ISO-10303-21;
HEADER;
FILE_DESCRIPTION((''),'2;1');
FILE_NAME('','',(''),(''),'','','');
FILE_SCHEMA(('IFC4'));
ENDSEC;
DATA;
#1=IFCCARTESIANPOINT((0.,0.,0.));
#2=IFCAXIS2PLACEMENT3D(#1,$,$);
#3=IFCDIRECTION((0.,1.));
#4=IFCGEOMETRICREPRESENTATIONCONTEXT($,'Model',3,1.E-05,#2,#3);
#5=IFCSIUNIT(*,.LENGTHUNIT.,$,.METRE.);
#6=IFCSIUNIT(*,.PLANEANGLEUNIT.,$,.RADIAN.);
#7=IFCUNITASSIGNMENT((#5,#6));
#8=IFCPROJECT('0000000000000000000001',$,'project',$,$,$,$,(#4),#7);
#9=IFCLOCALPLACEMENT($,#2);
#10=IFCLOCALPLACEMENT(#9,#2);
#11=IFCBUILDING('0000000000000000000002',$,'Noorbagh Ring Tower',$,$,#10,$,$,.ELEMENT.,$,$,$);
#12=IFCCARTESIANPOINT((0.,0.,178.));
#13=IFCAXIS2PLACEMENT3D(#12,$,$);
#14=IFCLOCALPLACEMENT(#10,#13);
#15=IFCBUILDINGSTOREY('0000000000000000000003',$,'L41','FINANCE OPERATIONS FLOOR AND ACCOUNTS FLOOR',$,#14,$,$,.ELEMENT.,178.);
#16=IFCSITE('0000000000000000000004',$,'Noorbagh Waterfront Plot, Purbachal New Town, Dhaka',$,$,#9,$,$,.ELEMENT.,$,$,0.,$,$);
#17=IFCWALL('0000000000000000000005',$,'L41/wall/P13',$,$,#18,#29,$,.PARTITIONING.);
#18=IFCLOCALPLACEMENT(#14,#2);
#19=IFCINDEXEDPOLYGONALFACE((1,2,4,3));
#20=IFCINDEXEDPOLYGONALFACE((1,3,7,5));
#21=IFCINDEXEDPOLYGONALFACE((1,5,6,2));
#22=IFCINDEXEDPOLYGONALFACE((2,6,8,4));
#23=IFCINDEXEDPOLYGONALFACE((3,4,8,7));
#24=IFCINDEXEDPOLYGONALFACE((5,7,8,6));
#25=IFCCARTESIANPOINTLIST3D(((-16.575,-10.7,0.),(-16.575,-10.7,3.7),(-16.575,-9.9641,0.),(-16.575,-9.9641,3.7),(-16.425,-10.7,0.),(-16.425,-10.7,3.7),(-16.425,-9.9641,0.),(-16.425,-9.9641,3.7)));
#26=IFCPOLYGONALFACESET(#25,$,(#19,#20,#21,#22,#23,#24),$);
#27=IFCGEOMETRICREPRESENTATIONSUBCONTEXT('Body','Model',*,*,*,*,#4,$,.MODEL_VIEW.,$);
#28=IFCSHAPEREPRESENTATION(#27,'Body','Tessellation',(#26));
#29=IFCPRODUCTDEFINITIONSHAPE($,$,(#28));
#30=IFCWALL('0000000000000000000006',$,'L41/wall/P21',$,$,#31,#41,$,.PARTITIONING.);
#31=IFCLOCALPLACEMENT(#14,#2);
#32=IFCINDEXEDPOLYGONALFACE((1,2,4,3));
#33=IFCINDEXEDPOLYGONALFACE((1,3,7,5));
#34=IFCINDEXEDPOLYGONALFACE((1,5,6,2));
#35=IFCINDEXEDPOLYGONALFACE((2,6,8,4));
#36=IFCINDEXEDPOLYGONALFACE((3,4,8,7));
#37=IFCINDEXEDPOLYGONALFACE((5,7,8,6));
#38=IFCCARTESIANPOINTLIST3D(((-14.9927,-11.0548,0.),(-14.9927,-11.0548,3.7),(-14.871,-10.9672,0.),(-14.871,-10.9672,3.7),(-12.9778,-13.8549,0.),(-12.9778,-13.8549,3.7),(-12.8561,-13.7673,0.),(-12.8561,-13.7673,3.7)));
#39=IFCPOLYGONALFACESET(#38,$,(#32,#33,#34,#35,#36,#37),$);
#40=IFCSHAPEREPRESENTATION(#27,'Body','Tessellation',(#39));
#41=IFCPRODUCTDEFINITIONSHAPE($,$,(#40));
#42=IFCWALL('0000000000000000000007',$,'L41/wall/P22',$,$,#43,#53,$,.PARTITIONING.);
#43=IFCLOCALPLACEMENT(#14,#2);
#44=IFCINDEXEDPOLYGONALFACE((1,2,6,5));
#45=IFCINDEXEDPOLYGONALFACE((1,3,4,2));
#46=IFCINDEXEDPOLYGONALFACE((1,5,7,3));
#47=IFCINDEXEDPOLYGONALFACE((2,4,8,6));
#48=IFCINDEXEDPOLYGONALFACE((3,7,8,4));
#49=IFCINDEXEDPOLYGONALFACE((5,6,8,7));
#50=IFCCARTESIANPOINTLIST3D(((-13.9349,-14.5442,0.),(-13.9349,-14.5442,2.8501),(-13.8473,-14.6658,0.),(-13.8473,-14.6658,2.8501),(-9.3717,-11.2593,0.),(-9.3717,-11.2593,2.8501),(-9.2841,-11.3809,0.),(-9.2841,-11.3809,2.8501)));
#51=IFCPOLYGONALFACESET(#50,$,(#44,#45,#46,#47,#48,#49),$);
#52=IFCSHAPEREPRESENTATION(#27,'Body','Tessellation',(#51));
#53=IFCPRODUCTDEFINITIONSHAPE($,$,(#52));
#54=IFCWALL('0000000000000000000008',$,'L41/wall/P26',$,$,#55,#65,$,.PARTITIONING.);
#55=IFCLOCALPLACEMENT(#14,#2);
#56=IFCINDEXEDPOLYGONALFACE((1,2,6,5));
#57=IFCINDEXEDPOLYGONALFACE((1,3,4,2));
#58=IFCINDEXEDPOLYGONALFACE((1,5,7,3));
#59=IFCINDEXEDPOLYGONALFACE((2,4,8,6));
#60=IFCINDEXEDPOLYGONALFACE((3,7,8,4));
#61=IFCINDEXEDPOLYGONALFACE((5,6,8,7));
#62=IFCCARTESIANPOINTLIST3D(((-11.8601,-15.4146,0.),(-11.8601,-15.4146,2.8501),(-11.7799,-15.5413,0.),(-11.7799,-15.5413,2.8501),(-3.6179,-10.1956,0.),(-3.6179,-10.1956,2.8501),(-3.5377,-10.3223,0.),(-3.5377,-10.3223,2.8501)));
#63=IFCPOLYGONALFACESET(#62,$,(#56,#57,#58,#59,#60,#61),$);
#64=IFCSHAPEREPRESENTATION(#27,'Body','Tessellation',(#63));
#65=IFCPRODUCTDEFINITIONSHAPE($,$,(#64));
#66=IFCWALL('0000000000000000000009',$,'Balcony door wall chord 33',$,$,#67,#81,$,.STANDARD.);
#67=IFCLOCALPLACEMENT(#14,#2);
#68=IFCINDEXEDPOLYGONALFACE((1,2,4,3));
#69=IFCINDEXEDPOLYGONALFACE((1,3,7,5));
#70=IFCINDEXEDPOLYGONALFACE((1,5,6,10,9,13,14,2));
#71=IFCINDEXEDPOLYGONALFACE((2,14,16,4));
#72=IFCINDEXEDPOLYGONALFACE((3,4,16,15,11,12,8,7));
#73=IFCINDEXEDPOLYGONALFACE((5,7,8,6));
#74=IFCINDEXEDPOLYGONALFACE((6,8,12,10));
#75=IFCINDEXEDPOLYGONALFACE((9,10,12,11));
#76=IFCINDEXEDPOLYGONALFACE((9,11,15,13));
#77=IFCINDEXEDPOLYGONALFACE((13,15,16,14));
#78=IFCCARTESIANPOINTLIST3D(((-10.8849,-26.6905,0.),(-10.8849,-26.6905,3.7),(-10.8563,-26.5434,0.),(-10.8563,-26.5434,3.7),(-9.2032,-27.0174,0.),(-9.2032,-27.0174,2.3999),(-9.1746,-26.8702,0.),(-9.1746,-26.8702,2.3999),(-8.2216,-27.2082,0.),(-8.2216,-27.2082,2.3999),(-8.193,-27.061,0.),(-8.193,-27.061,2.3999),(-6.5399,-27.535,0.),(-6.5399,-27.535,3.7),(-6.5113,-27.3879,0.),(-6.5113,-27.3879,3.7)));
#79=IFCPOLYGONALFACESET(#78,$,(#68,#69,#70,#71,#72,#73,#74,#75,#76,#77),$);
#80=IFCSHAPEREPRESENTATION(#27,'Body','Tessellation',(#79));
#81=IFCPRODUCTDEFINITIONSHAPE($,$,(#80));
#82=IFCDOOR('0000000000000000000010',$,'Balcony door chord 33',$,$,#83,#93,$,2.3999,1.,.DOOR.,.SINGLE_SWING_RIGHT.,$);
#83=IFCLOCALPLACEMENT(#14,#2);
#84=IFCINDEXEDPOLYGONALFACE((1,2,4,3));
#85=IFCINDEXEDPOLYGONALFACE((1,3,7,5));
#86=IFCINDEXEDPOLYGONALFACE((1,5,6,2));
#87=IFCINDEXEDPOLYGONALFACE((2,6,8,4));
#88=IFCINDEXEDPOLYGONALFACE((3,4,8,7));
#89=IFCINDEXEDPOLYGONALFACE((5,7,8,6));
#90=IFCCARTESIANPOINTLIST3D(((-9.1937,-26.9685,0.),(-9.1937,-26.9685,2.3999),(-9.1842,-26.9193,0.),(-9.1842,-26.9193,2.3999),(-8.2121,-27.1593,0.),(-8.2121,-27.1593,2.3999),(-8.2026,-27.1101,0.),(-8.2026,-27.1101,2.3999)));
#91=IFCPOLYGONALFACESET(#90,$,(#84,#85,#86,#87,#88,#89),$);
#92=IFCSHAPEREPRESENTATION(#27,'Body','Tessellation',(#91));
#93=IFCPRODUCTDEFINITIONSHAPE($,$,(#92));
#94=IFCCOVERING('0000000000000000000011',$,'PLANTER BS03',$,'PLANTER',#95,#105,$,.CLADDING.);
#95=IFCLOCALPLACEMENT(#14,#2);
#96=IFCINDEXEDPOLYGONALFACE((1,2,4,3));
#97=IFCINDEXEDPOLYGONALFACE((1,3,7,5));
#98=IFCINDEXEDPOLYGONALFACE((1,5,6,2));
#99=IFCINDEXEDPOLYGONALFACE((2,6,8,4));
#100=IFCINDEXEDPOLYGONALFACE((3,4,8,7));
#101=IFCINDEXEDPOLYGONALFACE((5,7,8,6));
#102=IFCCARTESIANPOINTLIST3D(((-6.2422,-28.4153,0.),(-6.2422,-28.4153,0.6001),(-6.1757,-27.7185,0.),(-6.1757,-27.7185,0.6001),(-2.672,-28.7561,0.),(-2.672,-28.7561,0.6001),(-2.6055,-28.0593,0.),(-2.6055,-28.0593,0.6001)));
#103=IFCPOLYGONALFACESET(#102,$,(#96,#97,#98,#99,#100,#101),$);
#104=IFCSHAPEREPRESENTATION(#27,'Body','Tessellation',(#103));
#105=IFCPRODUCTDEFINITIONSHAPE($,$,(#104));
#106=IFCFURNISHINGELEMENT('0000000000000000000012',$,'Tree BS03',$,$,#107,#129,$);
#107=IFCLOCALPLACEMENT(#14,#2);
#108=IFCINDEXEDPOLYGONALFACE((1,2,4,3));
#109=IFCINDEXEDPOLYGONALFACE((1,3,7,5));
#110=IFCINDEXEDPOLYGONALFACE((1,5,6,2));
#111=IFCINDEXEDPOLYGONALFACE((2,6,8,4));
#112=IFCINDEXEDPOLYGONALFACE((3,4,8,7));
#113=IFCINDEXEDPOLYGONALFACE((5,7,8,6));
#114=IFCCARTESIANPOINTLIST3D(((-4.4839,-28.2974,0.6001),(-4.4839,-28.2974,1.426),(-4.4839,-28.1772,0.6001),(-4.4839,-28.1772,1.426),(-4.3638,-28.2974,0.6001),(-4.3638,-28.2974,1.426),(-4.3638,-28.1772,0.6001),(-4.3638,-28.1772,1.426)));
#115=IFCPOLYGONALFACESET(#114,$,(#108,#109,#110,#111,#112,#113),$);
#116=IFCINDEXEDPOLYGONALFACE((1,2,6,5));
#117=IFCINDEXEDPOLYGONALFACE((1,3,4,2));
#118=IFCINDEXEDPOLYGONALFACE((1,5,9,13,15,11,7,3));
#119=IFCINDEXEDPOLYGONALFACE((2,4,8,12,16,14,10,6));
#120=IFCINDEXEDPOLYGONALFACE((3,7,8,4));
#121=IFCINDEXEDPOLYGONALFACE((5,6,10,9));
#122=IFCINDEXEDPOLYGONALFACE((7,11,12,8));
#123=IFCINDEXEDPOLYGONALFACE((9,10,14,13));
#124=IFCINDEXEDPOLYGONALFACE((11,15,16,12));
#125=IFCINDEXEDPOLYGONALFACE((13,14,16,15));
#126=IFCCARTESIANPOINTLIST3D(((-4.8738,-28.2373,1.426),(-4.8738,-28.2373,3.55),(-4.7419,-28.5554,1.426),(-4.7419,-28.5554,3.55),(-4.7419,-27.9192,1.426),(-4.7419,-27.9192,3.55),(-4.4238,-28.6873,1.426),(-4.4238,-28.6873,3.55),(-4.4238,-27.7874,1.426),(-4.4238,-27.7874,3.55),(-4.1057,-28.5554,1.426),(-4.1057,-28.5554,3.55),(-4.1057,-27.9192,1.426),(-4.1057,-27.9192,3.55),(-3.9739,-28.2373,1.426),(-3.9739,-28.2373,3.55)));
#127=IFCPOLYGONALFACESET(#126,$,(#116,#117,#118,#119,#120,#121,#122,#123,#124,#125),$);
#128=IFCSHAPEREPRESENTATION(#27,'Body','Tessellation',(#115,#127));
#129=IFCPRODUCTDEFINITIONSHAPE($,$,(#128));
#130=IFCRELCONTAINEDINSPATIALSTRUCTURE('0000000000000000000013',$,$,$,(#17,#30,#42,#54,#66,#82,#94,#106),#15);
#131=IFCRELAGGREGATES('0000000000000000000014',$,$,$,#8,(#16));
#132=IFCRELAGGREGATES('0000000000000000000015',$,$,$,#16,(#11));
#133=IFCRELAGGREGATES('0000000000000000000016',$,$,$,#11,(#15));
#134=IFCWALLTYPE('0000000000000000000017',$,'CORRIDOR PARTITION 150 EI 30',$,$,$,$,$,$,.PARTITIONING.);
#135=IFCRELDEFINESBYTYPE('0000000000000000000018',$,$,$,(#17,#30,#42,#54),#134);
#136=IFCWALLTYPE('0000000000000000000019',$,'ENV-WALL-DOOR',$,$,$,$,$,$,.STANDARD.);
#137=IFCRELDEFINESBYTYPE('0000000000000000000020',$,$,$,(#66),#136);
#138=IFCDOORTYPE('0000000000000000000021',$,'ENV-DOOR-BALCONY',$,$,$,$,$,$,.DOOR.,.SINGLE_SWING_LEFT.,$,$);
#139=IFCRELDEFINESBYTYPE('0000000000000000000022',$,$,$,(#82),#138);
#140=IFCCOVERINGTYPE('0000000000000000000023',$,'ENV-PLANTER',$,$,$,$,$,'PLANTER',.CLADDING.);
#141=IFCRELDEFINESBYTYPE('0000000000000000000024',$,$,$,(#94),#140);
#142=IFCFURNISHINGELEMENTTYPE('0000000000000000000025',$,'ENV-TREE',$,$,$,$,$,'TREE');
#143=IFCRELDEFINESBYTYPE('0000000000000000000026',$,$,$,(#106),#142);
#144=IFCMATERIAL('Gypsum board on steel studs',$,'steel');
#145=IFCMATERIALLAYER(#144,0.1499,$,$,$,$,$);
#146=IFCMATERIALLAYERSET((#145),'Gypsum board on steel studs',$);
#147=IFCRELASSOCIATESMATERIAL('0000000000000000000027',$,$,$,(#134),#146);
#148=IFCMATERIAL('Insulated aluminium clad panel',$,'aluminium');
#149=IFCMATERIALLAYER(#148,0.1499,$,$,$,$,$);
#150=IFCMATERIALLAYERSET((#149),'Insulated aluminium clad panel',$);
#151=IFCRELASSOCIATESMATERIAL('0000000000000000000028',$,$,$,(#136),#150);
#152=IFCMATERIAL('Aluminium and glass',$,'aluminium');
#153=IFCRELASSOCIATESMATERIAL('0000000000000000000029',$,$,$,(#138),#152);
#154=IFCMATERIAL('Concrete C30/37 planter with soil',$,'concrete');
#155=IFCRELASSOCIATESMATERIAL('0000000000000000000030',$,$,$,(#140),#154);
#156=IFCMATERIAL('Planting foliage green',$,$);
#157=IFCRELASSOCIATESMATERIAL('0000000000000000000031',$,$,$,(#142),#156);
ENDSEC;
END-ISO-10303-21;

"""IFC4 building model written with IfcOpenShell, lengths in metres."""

from ifc_helpers import new_model, si_unit, direction, frame, frame_2d, origin, origin_2d, place, context, subcontext, project, spatial, polyline, rectangle, outline, extrude, material, layer, layer_set, type_object, element, fill, save


model = new_model("IFC4")

# Units and contexts
model_context = context("Model", 3, precision=1e-05, world=origin(), true_north=direction((0.0, 1.0)))
body_context = subcontext(model_context, "Body", "Model", "MODEL_VIEW")
ifc_project = project(units=[si_unit("LENGTHUNIT", "METRE"), si_unit("PLANEANGLEUNIT", "RADIAN")], contexts=[model_context])

# Site, building, storey
site_placement = place(None, origin())
site = spatial("IfcSite", under=ifc_project, at=site_placement, Name="Noorbagh Waterfront Plot, Purbachal New Town, Dhaka", CompositionType="ELEMENT", RefElevation=0.0)
building_placement = place(site_placement, origin())
building = spatial("IfcBuilding", under=site, at=building_placement, Name="Noorbagh Ring Tower", CompositionType="ELEMENT")
storey_placement = place(building_placement, frame((0.0, 0.0, 178.0)))
storey = spatial("IfcBuildingStorey", under=building, at=storey_placement, Name="L41", Description="FINANCE OPERATIONS FLOOR AND ACCOUNTS FLOOR", CompositionType="ELEMENT", Elevation=178.0)

# Walls
ifc_material_1 = material(Name="Gypsum board on steel studs", Category="steel")
ifc_layer_1 = layer(ifc_material_1, 0.1499)
ifc_layer_set_1 = layer_set([ifc_layer_1], Name="Gypsum board on steel studs")
wall_type_1 = type_object("IfcWallType", Name="CORRIDOR PARTITION 150 EI 30", PredefinedType="PARTITIONING", material=ifc_layer_set_1)
wall_1_placement = place(storey_placement, frame((-16.5, -10.7, 0.0), z_axis=(0.0, 0.0, 1.0), x_axis=(0.0, 1.0, 0.0)))
element("IfcWall", 1, at=wall_1_placement, inside=storey, type_object=wall_type_1, Name="L41/wall/P13", PredefinedType="PARTITIONING", context=body_context, shape_type="SweptSolid", body=[
    extrude(rectangle(XDim=0.7358, YDim=0.1499, at=frame_2d((0.3679, 0.0))), origin(), (0.0, 0.0, 1.0), 3.7),
])
wall_2_placement = place(storey_placement, frame((-14.9319, -11.011, 0.0), z_axis=(0.0, 0.0, 1.0), x_axis=(0.584087, -0.811691, 0.0)))
element("IfcWall", 2, at=wall_2_placement, inside=storey, type_object=wall_type_1, Name="L41/wall/P21", PredefinedType="PARTITIONING", context=body_context, shape_type="SweptSolid", body=[
    extrude(rectangle(XDim=3.4497, YDim=0.1499, at=frame_2d((1.7249, 0.0))), origin(), (0.0, 0.0, 1.0), 3.7),
])
wall_3_placement = place(storey_placement, frame((-13.8911, -14.605, 0.0), z_axis=(0.0, 0.0, 1.0), x_axis=(0.811586, 0.584233, 0.0)))
element("IfcWall", 3, at=wall_3_placement, inside=storey, type_object=wall_type_1, Name="L41/wall/P22", PredefinedType="PARTITIONING", context=body_context, shape_type="SweptSolid", body=[
    extrude(rectangle(XDim=5.6226, YDim=0.1499, at=frame_2d((2.8113, 0.0))), origin(), (0.0, 0.0, 1.0), 2.8501),
])
wall_4_placement = place(storey_placement, frame((-11.8201, -15.478, 0.0), z_axis=(0.0, 0.0, 1.0), x_axis=(0.844868, 0.534975, 0.0)))
element("IfcWall", 4, at=wall_4_placement, inside=storey, type_object=wall_type_1, Name="L41/wall/P26", PredefinedType="PARTITIONING", context=body_context, shape_type="SweptSolid", body=[
    extrude(rectangle(XDim=9.7556, YDim=0.1499, at=frame_2d((4.8779, 0.0))), origin(), (0.0, 0.0, 1.0), 2.8501),
])

# Wall, opening, door
ifc_material_2 = material(Name="Insulated aluminium clad panel", Category="aluminium")
ifc_layer_2 = layer(ifc_material_2, 0.1499)
ifc_layer_set_2 = layer_set([ifc_layer_2], Name="Insulated aluminium clad panel")
wall_type_2 = type_object("IfcWallType", Name="ENV-WALL-DOOR", PredefinedType="STANDARD", material=ifc_layer_set_2)
wall_5_placement = place(storey_placement, frame((-10.8706, -26.6169, 0.0), z_axis=(0.0, 0.0, 1.0), x_axis=(0.981631, -0.190788, 0.0)))
wall_5 = element("IfcWall", 5, at=wall_5_placement, inside=storey, type_object=wall_type_2, Name="Balcony door wall chord 33", PredefinedType="STANDARD", context=body_context, shape_type="SweptSolid", body=[
    extrude(rectangle(XDim=4.4263, YDim=0.1499, at=frame_2d((2.2131, 0.0))), origin(), (0.0, 0.0, 1.0), 3.7),
])
opening_placement = place(wall_5_placement, frame((1.7131, 0.0, 0.0)))
opening = element("IfcOpeningElement", 6, at=opening_placement, cuts=wall_5, PredefinedType="OPENING", context=body_context, shape_type="SweptSolid", body=[
    extrude(rectangle(XDim=1.0, YDim=2.3999, at=frame_2d((0.5, 1.2))), frame((0.0, 0.085, 0.0), z_axis=(0.0, -1.0, 0.0), x_axis=(1.0, 0.0, 0.0)), (0.0, 0.0, 1.0), 0.1699),
])
ifc_material_3 = material(Name="Aluminium and glass", Category="aluminium")
door_type = type_object("IfcDoorType", Name="ENV-DOOR-BALCONY", OperationType="SINGLE_SWING_LEFT", PredefinedType="DOOR", material=ifc_material_3)
door_placement = place(opening_placement, origin())
door = element("IfcDoor", 7, at=door_placement, inside=storey, type_object=door_type, Name="Balcony door chord 33", OperationType="SINGLE_SWING_RIGHT", OverallHeight=2.3999, OverallWidth=1.0, PredefinedType="DOOR", context=body_context, shape_type="SweptSolid", body=[
    extrude(rectangle(XDim=1.0, YDim=2.3999, at=frame_2d((0.5, 1.2))), frame((0.0, 0.0249, 0.0), z_axis=(0.0, -1.0, 0.0), x_axis=(1.0, 0.0, 0.0)), (0.0, 0.0, 1.0), 0.05),
])
fill(opening, door)

# Covering
ifc_material_4 = material(Name="Concrete C30/37 planter with soil", Category="concrete")
covering_type = type_object("IfcCoveringType", Name="ENV-PLANTER", ElementType="PLANTER", PredefinedType="CLADDING", material=ifc_material_4)
covering_placement = place(storey_placement, frame((-4.4238, -28.2373, 0.0), z_axis=(0.0, 0.0, 1.0), x_axis=(0.995476, -0.095008, 0.0)))
element("IfcCovering", 8, at=covering_placement, inside=storey, type_object=covering_type, Name="PLANTER BS03", ObjectType="PLANTER", PredefinedType="CLADDING", context=body_context, shape_type="SweptSolid", body=[
    extrude(rectangle(XDim=3.5864, YDim=0.7, at=origin_2d()), origin(), (0.0, 0.0, 1.0), 0.6001),
])

# Furnishing element
ifc_material_5 = material(Name="Planting foliage green")
furnishing_element_type = type_object("IfcFurnishingElementType", Name="ENV-TREE", ElementType="TREE", material=ifc_material_5)
furnishing_placement = place(storey_placement, frame((-4.4238, -28.2373, 0.6001), z_axis=(0.0, 0.0, 1.0), x_axis=(1.0, 0.0, 0.0)))
element("IfcFurnishingElement", 9, at=furnishing_placement, inside=storey, type_object=furnishing_element_type, Name="Tree BS03", context=body_context, shape_type="SweptSolid", body=[
    extrude(rectangle(XDim=0.1201, YDim=0.1201, at=origin_2d()), origin(), (0.0, 0.0, 1.0), 0.8259),
    extrude(outline(polyline([(0.45, 0.0), (0.3181, 0.3181), (0.0, 0.45), (-0.3181, 0.3181), (-0.45, 0.0), (-0.3181, -0.3181), (0.0, -0.45), (0.3181, -0.3181), (0.45, 0.0)])), frame((0.0, 0.0, 0.8259)), (0.0, 0.0, 1.0), 2.124),
])

save(model, "model.ifc")
